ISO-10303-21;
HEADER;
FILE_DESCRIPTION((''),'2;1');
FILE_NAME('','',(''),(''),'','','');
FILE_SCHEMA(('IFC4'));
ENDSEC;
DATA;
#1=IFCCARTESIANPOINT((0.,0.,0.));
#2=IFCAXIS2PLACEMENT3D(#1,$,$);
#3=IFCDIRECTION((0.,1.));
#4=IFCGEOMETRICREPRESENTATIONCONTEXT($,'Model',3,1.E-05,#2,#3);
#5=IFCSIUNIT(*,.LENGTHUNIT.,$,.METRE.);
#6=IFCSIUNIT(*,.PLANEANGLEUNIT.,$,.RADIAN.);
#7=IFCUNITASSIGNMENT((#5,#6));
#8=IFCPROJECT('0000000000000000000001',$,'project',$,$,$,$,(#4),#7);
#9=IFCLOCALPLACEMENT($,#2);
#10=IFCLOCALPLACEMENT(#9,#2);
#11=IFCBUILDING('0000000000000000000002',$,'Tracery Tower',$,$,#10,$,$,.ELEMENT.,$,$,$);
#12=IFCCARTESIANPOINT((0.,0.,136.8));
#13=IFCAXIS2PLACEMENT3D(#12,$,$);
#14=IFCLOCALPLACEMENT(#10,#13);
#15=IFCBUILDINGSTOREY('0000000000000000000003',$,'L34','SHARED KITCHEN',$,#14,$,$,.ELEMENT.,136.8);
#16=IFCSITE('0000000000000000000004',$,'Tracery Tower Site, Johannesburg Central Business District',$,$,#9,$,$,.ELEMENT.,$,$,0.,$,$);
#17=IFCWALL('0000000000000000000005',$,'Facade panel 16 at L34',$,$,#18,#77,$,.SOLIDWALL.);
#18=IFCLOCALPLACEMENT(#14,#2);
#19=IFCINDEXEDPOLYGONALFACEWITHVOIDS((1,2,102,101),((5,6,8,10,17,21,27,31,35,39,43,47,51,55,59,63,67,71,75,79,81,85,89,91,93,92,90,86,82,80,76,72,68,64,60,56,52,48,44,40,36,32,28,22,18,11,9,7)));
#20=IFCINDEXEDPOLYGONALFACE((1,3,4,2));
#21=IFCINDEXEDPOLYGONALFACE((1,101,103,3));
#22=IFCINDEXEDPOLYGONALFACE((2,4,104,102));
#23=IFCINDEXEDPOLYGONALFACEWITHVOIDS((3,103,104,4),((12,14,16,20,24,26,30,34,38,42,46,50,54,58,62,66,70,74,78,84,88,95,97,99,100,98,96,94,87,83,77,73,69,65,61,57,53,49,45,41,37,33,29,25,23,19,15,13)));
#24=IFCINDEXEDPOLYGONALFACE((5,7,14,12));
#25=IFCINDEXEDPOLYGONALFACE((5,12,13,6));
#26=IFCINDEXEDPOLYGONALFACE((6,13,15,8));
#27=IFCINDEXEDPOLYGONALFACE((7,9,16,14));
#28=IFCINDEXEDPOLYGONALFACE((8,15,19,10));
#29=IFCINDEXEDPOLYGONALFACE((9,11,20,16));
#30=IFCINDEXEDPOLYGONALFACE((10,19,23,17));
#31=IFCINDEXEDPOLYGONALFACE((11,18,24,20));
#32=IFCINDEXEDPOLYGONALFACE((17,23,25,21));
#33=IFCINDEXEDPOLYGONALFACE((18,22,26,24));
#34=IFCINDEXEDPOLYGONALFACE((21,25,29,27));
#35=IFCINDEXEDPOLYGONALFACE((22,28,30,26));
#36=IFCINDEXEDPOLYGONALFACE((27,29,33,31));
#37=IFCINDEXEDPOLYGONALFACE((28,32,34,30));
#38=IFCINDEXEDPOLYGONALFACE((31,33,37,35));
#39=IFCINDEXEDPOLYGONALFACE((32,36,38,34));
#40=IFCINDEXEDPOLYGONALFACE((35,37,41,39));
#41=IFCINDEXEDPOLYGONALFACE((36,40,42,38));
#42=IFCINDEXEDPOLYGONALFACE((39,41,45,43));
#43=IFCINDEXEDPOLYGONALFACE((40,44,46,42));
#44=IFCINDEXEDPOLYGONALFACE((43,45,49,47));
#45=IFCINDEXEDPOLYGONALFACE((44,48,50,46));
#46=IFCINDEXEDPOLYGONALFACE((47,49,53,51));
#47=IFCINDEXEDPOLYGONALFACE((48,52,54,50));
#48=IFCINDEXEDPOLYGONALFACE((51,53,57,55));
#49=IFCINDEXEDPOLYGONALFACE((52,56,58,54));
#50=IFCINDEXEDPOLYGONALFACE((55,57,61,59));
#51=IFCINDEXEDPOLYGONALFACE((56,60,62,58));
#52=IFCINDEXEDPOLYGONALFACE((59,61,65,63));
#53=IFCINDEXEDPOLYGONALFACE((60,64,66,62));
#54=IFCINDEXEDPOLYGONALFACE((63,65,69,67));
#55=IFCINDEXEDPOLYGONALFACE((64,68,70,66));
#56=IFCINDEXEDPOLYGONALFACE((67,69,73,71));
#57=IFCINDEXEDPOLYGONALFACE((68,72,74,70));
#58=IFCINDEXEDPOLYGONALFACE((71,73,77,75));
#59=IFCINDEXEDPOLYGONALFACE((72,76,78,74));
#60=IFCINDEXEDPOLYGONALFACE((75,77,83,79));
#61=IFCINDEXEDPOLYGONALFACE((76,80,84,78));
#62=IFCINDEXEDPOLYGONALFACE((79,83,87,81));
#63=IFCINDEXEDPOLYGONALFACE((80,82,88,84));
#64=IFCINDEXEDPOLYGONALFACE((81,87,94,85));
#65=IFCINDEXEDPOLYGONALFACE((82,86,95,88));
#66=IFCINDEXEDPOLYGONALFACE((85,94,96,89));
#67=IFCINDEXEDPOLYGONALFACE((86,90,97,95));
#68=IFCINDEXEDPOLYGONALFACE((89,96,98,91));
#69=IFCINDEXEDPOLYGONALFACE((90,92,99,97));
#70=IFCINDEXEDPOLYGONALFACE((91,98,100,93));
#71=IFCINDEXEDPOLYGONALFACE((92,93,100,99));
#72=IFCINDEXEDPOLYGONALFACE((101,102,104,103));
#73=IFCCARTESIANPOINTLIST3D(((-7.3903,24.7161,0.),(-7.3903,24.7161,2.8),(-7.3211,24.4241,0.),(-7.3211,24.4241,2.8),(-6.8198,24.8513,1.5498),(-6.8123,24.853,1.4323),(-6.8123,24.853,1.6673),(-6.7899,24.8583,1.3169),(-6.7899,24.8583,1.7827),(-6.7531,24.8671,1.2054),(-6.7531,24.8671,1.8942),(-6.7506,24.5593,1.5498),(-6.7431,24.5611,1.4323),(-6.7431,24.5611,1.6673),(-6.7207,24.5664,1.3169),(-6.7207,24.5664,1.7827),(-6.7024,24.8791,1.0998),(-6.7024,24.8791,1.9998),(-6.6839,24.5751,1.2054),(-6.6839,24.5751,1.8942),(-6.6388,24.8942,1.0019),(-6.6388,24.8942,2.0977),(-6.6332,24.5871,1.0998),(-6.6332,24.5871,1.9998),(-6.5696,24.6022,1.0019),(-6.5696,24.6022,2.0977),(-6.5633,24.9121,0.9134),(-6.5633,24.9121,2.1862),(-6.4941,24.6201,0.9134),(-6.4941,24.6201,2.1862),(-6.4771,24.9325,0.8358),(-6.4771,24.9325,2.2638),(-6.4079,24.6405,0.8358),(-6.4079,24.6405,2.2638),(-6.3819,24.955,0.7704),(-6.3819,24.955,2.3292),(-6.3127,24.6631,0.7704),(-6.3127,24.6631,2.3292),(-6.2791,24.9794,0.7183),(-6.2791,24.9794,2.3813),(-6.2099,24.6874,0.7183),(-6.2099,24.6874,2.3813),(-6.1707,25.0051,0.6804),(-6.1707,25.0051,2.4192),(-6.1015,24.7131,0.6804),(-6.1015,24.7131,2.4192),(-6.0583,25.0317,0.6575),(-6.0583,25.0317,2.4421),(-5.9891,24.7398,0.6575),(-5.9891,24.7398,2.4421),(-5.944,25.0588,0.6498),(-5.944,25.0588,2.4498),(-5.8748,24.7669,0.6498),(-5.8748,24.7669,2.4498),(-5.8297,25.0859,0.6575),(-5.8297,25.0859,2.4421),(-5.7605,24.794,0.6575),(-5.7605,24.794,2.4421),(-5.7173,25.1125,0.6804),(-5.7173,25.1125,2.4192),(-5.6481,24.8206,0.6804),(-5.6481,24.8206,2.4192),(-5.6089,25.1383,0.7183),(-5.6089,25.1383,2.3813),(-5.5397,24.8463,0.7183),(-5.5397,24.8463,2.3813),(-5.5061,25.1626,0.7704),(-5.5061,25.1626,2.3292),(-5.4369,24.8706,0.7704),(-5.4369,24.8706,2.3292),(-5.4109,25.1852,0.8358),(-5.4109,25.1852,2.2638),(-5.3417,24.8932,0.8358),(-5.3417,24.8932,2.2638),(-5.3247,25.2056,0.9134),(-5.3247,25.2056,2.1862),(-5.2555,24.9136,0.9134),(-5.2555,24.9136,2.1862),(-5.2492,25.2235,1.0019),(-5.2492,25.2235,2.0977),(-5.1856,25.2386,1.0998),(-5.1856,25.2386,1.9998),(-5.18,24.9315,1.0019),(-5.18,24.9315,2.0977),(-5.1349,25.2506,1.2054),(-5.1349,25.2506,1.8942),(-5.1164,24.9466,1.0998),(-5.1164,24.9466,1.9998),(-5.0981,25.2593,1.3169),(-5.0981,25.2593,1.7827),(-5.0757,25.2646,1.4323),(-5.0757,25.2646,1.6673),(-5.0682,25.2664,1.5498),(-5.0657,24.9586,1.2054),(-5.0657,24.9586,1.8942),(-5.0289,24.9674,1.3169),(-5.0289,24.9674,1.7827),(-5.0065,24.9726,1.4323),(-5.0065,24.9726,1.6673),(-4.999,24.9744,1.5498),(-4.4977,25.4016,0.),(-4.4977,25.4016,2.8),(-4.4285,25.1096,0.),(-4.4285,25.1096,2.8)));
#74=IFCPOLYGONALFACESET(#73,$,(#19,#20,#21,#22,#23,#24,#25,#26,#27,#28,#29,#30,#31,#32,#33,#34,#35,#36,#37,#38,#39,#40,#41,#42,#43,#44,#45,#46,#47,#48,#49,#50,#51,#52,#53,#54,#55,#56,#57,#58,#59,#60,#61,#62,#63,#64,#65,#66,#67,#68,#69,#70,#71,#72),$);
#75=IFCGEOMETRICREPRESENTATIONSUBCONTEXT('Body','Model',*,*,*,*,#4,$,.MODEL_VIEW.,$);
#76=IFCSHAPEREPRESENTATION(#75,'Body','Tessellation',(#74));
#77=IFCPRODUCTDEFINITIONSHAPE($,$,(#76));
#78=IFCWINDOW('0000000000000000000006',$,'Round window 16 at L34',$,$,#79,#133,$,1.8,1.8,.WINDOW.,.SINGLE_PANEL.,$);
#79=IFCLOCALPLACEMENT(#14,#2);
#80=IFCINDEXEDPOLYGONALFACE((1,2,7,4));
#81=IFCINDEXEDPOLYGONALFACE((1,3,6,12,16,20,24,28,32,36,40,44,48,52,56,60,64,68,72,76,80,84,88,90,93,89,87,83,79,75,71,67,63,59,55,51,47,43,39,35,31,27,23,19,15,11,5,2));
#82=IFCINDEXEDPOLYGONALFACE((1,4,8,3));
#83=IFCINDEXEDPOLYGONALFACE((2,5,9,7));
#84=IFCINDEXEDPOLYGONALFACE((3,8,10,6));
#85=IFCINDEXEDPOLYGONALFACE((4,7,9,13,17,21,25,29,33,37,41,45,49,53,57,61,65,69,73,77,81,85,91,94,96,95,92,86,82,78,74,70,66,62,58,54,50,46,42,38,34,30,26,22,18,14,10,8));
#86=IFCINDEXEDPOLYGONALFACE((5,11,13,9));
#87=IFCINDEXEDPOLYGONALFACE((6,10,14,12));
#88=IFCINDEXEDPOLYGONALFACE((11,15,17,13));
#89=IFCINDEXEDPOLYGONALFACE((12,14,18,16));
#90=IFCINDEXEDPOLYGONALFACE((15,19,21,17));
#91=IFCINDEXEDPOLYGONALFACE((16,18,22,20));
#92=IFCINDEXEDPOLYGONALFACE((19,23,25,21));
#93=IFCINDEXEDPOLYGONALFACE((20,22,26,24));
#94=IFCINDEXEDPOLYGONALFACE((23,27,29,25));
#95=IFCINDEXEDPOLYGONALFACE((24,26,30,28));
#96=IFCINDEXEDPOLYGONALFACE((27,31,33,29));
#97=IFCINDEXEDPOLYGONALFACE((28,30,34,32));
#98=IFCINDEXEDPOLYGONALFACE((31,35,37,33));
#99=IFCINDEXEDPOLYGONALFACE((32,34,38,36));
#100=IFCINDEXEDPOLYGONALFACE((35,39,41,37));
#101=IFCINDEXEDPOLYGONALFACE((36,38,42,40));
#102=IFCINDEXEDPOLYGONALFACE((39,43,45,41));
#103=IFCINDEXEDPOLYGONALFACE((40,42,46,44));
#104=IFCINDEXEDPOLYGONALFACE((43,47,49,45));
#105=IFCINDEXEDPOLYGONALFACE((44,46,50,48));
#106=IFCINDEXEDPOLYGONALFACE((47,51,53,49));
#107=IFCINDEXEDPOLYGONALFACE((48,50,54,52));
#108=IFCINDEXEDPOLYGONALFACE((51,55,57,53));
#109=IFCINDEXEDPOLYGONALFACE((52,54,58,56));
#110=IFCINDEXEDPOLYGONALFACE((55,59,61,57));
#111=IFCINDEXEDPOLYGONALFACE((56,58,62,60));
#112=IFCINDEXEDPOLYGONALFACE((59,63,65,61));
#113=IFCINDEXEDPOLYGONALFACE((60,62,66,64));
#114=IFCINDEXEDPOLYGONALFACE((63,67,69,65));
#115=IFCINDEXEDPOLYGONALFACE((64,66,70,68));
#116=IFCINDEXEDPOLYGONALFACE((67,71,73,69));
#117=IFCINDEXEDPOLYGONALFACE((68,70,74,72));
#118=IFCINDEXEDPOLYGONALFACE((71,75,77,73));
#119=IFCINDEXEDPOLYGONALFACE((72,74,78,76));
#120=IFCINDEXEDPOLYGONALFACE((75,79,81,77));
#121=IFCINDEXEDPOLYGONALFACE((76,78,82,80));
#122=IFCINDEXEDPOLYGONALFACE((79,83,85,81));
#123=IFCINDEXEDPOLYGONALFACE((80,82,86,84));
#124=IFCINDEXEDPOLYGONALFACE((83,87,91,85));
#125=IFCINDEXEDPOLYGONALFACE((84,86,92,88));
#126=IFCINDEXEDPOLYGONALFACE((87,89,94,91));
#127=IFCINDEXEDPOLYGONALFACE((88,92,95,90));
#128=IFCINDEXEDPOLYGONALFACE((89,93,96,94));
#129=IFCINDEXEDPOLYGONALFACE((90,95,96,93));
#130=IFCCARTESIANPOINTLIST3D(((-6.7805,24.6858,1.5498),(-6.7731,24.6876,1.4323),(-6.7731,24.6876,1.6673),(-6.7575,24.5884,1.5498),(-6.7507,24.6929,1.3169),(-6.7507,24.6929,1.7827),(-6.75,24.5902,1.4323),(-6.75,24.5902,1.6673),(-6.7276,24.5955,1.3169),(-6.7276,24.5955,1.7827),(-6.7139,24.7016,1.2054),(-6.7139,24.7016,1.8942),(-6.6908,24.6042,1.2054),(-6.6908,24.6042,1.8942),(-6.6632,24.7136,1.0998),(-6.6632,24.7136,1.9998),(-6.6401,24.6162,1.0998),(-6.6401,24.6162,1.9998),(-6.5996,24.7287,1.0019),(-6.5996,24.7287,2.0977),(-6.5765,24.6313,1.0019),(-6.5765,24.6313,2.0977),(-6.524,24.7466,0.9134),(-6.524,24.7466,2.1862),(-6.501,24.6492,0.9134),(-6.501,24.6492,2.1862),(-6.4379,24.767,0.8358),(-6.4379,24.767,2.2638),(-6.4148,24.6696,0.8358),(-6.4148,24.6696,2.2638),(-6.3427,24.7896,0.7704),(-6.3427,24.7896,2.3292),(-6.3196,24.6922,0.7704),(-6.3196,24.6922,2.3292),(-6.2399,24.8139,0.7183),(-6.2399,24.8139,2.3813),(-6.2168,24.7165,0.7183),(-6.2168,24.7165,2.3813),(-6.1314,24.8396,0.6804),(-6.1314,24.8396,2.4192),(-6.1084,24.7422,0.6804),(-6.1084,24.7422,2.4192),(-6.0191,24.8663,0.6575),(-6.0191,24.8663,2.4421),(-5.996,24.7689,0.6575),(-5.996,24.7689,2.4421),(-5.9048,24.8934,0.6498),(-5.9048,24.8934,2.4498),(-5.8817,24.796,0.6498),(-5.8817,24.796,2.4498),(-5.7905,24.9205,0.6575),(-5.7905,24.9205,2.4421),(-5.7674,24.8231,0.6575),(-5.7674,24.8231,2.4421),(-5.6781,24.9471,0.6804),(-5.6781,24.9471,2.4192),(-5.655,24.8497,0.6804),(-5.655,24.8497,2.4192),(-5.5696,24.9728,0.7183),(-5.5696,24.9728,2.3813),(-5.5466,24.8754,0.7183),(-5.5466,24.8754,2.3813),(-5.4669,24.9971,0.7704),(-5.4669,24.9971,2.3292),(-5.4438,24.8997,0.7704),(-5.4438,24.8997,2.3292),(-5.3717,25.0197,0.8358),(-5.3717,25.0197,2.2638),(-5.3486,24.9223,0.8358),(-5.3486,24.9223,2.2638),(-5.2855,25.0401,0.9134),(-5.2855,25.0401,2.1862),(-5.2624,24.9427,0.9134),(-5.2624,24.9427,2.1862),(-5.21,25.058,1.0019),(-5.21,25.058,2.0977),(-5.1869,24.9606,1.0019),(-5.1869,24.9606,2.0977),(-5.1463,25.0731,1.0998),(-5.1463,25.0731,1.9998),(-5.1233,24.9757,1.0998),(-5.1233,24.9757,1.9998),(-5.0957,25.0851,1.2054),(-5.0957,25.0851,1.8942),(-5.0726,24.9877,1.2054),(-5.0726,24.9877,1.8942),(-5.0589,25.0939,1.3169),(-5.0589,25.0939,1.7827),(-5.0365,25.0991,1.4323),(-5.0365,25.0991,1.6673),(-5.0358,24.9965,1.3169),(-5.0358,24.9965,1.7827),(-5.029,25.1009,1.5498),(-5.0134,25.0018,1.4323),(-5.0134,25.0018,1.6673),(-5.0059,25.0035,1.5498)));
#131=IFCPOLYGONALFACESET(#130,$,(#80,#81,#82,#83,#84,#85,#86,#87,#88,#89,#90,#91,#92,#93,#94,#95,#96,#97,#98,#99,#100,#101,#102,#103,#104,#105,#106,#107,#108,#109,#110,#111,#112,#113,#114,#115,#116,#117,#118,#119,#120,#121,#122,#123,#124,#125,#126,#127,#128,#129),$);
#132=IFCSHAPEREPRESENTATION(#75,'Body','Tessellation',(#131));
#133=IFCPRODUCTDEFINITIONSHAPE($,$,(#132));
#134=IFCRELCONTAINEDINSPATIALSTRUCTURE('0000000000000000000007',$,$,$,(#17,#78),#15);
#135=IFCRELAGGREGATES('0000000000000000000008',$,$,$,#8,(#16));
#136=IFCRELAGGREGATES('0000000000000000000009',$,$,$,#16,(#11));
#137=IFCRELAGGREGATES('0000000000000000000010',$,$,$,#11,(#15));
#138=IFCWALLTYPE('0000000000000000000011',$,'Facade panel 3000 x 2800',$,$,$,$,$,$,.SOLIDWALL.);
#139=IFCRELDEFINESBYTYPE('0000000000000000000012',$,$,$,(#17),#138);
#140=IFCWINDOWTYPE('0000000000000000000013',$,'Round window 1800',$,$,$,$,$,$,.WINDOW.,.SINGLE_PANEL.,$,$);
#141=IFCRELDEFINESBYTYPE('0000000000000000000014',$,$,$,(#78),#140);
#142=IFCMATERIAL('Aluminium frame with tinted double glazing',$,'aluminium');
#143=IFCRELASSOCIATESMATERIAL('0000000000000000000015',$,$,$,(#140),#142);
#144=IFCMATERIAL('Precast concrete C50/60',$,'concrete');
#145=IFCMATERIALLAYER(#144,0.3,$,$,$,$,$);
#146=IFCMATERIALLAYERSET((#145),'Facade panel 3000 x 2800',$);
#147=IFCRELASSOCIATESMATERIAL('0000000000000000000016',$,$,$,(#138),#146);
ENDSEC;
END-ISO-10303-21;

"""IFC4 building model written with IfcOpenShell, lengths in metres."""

from ifc_helpers import new_model, si_unit, direction, frame, frame_2d, origin, origin_2d, place, context, subcontext, project, spatial, rectangle, circle, extrude, material, layer, layer_set, type_object, element, fill, save


model = new_model("IFC4")

# Units and contexts
model_context = context("Model", 3, precision=1e-05, world=origin(), true_north=direction((0.0, 1.0)))
body_context = subcontext(model_context, "Body", "Model", "MODEL_VIEW")
ifc_project = project(units=[si_unit("LENGTHUNIT", "METRE"), si_unit("PLANEANGLEUNIT", "RADIAN")], contexts=[model_context])

# Site, building, storey
site_placement = place(None, origin())
site = spatial("IfcSite", under=ifc_project, at=site_placement, Name="Tracery Tower Site, Johannesburg Central Business District", CompositionType="ELEMENT", RefElevation=0.0)
building_placement = place(site_placement, origin())
building = spatial("IfcBuilding", under=site, at=building_placement, Name="Tracery Tower", CompositionType="ELEMENT")
storey_placement = place(building_placement, frame((0.0, 0.0, 136.8)))
storey = spatial("IfcBuildingStorey", under=building, at=storey_placement, Name="L34", Description="SHARED KITCHEN", CompositionType="ELEMENT", Elevation=136.8)

# Wall, opening, window
ifc_material_1 = material(Name="Aluminium frame with tinted double glazing", Category="aluminium")
window_type = type_object("IfcWindowType", Name="Round window 1800", PartitioningType="SINGLE_PANEL", PredefinedType="WINDOW", material=ifc_material_1)
ifc_material_2 = material(Name="Precast concrete C50/60", Category="concrete")
ifc_layer_1 = layer(ifc_material_2, 0.3)
ifc_layer_set_1 = layer_set([ifc_layer_1], Name="Facade panel 3000 x 2800")
wall_type_1 = type_object("IfcWallType", Name="Facade panel 3000 x 2800", PredefinedType="SOLIDWALL", material=ifc_layer_set_1)
wall_1_placement = place(storey_placement, frame((-4.4631, 25.2556, 0.0), z_axis=(0.0, 0.0, 1.0), x_axis=(-0.973045, -0.230614, 0.0)))
wall_1 = element("IfcWall", 1, at=wall_1_placement, inside=storey, type_object=wall_type_1, Name="Facade panel 16 at L34", PredefinedType="SOLIDWALL", context=body_context, shape_type="SweptSolid", body=[
    extrude(rectangle(XDim=2.9727, YDim=0.3, at=frame_2d((1.4863, 0.0))), origin(), (0.0, 0.0, 1.0), 2.8),
])
opening_1_placement = place(wall_1_placement, frame((1.4863, 0.0, 1.5498)))
opening_1 = element("IfcOpeningElement", 2, at=opening_1_placement, cuts=wall_1, PredefinedType="OPENING", context=body_context, shape_type="SweptSolid", body=[
    extrude(circle(Radius=0.9, at=origin_2d()), frame((0.0, 0.1599, 0.0), z_axis=(0.0, -1.0, 0.0), x_axis=(1.0, 0.0, 0.0)), (0.0, 0.0, 1.0), 0.3201),
])
window_1_placement = place(opening_1_placement, origin())
window_1 = element("IfcWindow", 3, at=window_1_placement, inside=storey, type_object=window_type, Name="Round window 16 at L34", OverallHeight=1.8, OverallWidth=1.8, PartitioningType="SINGLE_PANEL", PredefinedType="WINDOW", context=body_context, shape_type="SweptSolid", body=[
    extrude(circle(Radius=0.9, at=origin_2d()), frame((0.0, 0.1201, 0.0), z_axis=(0.0, -1.0, 0.0), x_axis=(1.0, 0.0, 0.0)), (0.0, 0.0, 1.0), 0.1001),
])
fill(opening_1, window_1)

save(model, "model.ifc")
